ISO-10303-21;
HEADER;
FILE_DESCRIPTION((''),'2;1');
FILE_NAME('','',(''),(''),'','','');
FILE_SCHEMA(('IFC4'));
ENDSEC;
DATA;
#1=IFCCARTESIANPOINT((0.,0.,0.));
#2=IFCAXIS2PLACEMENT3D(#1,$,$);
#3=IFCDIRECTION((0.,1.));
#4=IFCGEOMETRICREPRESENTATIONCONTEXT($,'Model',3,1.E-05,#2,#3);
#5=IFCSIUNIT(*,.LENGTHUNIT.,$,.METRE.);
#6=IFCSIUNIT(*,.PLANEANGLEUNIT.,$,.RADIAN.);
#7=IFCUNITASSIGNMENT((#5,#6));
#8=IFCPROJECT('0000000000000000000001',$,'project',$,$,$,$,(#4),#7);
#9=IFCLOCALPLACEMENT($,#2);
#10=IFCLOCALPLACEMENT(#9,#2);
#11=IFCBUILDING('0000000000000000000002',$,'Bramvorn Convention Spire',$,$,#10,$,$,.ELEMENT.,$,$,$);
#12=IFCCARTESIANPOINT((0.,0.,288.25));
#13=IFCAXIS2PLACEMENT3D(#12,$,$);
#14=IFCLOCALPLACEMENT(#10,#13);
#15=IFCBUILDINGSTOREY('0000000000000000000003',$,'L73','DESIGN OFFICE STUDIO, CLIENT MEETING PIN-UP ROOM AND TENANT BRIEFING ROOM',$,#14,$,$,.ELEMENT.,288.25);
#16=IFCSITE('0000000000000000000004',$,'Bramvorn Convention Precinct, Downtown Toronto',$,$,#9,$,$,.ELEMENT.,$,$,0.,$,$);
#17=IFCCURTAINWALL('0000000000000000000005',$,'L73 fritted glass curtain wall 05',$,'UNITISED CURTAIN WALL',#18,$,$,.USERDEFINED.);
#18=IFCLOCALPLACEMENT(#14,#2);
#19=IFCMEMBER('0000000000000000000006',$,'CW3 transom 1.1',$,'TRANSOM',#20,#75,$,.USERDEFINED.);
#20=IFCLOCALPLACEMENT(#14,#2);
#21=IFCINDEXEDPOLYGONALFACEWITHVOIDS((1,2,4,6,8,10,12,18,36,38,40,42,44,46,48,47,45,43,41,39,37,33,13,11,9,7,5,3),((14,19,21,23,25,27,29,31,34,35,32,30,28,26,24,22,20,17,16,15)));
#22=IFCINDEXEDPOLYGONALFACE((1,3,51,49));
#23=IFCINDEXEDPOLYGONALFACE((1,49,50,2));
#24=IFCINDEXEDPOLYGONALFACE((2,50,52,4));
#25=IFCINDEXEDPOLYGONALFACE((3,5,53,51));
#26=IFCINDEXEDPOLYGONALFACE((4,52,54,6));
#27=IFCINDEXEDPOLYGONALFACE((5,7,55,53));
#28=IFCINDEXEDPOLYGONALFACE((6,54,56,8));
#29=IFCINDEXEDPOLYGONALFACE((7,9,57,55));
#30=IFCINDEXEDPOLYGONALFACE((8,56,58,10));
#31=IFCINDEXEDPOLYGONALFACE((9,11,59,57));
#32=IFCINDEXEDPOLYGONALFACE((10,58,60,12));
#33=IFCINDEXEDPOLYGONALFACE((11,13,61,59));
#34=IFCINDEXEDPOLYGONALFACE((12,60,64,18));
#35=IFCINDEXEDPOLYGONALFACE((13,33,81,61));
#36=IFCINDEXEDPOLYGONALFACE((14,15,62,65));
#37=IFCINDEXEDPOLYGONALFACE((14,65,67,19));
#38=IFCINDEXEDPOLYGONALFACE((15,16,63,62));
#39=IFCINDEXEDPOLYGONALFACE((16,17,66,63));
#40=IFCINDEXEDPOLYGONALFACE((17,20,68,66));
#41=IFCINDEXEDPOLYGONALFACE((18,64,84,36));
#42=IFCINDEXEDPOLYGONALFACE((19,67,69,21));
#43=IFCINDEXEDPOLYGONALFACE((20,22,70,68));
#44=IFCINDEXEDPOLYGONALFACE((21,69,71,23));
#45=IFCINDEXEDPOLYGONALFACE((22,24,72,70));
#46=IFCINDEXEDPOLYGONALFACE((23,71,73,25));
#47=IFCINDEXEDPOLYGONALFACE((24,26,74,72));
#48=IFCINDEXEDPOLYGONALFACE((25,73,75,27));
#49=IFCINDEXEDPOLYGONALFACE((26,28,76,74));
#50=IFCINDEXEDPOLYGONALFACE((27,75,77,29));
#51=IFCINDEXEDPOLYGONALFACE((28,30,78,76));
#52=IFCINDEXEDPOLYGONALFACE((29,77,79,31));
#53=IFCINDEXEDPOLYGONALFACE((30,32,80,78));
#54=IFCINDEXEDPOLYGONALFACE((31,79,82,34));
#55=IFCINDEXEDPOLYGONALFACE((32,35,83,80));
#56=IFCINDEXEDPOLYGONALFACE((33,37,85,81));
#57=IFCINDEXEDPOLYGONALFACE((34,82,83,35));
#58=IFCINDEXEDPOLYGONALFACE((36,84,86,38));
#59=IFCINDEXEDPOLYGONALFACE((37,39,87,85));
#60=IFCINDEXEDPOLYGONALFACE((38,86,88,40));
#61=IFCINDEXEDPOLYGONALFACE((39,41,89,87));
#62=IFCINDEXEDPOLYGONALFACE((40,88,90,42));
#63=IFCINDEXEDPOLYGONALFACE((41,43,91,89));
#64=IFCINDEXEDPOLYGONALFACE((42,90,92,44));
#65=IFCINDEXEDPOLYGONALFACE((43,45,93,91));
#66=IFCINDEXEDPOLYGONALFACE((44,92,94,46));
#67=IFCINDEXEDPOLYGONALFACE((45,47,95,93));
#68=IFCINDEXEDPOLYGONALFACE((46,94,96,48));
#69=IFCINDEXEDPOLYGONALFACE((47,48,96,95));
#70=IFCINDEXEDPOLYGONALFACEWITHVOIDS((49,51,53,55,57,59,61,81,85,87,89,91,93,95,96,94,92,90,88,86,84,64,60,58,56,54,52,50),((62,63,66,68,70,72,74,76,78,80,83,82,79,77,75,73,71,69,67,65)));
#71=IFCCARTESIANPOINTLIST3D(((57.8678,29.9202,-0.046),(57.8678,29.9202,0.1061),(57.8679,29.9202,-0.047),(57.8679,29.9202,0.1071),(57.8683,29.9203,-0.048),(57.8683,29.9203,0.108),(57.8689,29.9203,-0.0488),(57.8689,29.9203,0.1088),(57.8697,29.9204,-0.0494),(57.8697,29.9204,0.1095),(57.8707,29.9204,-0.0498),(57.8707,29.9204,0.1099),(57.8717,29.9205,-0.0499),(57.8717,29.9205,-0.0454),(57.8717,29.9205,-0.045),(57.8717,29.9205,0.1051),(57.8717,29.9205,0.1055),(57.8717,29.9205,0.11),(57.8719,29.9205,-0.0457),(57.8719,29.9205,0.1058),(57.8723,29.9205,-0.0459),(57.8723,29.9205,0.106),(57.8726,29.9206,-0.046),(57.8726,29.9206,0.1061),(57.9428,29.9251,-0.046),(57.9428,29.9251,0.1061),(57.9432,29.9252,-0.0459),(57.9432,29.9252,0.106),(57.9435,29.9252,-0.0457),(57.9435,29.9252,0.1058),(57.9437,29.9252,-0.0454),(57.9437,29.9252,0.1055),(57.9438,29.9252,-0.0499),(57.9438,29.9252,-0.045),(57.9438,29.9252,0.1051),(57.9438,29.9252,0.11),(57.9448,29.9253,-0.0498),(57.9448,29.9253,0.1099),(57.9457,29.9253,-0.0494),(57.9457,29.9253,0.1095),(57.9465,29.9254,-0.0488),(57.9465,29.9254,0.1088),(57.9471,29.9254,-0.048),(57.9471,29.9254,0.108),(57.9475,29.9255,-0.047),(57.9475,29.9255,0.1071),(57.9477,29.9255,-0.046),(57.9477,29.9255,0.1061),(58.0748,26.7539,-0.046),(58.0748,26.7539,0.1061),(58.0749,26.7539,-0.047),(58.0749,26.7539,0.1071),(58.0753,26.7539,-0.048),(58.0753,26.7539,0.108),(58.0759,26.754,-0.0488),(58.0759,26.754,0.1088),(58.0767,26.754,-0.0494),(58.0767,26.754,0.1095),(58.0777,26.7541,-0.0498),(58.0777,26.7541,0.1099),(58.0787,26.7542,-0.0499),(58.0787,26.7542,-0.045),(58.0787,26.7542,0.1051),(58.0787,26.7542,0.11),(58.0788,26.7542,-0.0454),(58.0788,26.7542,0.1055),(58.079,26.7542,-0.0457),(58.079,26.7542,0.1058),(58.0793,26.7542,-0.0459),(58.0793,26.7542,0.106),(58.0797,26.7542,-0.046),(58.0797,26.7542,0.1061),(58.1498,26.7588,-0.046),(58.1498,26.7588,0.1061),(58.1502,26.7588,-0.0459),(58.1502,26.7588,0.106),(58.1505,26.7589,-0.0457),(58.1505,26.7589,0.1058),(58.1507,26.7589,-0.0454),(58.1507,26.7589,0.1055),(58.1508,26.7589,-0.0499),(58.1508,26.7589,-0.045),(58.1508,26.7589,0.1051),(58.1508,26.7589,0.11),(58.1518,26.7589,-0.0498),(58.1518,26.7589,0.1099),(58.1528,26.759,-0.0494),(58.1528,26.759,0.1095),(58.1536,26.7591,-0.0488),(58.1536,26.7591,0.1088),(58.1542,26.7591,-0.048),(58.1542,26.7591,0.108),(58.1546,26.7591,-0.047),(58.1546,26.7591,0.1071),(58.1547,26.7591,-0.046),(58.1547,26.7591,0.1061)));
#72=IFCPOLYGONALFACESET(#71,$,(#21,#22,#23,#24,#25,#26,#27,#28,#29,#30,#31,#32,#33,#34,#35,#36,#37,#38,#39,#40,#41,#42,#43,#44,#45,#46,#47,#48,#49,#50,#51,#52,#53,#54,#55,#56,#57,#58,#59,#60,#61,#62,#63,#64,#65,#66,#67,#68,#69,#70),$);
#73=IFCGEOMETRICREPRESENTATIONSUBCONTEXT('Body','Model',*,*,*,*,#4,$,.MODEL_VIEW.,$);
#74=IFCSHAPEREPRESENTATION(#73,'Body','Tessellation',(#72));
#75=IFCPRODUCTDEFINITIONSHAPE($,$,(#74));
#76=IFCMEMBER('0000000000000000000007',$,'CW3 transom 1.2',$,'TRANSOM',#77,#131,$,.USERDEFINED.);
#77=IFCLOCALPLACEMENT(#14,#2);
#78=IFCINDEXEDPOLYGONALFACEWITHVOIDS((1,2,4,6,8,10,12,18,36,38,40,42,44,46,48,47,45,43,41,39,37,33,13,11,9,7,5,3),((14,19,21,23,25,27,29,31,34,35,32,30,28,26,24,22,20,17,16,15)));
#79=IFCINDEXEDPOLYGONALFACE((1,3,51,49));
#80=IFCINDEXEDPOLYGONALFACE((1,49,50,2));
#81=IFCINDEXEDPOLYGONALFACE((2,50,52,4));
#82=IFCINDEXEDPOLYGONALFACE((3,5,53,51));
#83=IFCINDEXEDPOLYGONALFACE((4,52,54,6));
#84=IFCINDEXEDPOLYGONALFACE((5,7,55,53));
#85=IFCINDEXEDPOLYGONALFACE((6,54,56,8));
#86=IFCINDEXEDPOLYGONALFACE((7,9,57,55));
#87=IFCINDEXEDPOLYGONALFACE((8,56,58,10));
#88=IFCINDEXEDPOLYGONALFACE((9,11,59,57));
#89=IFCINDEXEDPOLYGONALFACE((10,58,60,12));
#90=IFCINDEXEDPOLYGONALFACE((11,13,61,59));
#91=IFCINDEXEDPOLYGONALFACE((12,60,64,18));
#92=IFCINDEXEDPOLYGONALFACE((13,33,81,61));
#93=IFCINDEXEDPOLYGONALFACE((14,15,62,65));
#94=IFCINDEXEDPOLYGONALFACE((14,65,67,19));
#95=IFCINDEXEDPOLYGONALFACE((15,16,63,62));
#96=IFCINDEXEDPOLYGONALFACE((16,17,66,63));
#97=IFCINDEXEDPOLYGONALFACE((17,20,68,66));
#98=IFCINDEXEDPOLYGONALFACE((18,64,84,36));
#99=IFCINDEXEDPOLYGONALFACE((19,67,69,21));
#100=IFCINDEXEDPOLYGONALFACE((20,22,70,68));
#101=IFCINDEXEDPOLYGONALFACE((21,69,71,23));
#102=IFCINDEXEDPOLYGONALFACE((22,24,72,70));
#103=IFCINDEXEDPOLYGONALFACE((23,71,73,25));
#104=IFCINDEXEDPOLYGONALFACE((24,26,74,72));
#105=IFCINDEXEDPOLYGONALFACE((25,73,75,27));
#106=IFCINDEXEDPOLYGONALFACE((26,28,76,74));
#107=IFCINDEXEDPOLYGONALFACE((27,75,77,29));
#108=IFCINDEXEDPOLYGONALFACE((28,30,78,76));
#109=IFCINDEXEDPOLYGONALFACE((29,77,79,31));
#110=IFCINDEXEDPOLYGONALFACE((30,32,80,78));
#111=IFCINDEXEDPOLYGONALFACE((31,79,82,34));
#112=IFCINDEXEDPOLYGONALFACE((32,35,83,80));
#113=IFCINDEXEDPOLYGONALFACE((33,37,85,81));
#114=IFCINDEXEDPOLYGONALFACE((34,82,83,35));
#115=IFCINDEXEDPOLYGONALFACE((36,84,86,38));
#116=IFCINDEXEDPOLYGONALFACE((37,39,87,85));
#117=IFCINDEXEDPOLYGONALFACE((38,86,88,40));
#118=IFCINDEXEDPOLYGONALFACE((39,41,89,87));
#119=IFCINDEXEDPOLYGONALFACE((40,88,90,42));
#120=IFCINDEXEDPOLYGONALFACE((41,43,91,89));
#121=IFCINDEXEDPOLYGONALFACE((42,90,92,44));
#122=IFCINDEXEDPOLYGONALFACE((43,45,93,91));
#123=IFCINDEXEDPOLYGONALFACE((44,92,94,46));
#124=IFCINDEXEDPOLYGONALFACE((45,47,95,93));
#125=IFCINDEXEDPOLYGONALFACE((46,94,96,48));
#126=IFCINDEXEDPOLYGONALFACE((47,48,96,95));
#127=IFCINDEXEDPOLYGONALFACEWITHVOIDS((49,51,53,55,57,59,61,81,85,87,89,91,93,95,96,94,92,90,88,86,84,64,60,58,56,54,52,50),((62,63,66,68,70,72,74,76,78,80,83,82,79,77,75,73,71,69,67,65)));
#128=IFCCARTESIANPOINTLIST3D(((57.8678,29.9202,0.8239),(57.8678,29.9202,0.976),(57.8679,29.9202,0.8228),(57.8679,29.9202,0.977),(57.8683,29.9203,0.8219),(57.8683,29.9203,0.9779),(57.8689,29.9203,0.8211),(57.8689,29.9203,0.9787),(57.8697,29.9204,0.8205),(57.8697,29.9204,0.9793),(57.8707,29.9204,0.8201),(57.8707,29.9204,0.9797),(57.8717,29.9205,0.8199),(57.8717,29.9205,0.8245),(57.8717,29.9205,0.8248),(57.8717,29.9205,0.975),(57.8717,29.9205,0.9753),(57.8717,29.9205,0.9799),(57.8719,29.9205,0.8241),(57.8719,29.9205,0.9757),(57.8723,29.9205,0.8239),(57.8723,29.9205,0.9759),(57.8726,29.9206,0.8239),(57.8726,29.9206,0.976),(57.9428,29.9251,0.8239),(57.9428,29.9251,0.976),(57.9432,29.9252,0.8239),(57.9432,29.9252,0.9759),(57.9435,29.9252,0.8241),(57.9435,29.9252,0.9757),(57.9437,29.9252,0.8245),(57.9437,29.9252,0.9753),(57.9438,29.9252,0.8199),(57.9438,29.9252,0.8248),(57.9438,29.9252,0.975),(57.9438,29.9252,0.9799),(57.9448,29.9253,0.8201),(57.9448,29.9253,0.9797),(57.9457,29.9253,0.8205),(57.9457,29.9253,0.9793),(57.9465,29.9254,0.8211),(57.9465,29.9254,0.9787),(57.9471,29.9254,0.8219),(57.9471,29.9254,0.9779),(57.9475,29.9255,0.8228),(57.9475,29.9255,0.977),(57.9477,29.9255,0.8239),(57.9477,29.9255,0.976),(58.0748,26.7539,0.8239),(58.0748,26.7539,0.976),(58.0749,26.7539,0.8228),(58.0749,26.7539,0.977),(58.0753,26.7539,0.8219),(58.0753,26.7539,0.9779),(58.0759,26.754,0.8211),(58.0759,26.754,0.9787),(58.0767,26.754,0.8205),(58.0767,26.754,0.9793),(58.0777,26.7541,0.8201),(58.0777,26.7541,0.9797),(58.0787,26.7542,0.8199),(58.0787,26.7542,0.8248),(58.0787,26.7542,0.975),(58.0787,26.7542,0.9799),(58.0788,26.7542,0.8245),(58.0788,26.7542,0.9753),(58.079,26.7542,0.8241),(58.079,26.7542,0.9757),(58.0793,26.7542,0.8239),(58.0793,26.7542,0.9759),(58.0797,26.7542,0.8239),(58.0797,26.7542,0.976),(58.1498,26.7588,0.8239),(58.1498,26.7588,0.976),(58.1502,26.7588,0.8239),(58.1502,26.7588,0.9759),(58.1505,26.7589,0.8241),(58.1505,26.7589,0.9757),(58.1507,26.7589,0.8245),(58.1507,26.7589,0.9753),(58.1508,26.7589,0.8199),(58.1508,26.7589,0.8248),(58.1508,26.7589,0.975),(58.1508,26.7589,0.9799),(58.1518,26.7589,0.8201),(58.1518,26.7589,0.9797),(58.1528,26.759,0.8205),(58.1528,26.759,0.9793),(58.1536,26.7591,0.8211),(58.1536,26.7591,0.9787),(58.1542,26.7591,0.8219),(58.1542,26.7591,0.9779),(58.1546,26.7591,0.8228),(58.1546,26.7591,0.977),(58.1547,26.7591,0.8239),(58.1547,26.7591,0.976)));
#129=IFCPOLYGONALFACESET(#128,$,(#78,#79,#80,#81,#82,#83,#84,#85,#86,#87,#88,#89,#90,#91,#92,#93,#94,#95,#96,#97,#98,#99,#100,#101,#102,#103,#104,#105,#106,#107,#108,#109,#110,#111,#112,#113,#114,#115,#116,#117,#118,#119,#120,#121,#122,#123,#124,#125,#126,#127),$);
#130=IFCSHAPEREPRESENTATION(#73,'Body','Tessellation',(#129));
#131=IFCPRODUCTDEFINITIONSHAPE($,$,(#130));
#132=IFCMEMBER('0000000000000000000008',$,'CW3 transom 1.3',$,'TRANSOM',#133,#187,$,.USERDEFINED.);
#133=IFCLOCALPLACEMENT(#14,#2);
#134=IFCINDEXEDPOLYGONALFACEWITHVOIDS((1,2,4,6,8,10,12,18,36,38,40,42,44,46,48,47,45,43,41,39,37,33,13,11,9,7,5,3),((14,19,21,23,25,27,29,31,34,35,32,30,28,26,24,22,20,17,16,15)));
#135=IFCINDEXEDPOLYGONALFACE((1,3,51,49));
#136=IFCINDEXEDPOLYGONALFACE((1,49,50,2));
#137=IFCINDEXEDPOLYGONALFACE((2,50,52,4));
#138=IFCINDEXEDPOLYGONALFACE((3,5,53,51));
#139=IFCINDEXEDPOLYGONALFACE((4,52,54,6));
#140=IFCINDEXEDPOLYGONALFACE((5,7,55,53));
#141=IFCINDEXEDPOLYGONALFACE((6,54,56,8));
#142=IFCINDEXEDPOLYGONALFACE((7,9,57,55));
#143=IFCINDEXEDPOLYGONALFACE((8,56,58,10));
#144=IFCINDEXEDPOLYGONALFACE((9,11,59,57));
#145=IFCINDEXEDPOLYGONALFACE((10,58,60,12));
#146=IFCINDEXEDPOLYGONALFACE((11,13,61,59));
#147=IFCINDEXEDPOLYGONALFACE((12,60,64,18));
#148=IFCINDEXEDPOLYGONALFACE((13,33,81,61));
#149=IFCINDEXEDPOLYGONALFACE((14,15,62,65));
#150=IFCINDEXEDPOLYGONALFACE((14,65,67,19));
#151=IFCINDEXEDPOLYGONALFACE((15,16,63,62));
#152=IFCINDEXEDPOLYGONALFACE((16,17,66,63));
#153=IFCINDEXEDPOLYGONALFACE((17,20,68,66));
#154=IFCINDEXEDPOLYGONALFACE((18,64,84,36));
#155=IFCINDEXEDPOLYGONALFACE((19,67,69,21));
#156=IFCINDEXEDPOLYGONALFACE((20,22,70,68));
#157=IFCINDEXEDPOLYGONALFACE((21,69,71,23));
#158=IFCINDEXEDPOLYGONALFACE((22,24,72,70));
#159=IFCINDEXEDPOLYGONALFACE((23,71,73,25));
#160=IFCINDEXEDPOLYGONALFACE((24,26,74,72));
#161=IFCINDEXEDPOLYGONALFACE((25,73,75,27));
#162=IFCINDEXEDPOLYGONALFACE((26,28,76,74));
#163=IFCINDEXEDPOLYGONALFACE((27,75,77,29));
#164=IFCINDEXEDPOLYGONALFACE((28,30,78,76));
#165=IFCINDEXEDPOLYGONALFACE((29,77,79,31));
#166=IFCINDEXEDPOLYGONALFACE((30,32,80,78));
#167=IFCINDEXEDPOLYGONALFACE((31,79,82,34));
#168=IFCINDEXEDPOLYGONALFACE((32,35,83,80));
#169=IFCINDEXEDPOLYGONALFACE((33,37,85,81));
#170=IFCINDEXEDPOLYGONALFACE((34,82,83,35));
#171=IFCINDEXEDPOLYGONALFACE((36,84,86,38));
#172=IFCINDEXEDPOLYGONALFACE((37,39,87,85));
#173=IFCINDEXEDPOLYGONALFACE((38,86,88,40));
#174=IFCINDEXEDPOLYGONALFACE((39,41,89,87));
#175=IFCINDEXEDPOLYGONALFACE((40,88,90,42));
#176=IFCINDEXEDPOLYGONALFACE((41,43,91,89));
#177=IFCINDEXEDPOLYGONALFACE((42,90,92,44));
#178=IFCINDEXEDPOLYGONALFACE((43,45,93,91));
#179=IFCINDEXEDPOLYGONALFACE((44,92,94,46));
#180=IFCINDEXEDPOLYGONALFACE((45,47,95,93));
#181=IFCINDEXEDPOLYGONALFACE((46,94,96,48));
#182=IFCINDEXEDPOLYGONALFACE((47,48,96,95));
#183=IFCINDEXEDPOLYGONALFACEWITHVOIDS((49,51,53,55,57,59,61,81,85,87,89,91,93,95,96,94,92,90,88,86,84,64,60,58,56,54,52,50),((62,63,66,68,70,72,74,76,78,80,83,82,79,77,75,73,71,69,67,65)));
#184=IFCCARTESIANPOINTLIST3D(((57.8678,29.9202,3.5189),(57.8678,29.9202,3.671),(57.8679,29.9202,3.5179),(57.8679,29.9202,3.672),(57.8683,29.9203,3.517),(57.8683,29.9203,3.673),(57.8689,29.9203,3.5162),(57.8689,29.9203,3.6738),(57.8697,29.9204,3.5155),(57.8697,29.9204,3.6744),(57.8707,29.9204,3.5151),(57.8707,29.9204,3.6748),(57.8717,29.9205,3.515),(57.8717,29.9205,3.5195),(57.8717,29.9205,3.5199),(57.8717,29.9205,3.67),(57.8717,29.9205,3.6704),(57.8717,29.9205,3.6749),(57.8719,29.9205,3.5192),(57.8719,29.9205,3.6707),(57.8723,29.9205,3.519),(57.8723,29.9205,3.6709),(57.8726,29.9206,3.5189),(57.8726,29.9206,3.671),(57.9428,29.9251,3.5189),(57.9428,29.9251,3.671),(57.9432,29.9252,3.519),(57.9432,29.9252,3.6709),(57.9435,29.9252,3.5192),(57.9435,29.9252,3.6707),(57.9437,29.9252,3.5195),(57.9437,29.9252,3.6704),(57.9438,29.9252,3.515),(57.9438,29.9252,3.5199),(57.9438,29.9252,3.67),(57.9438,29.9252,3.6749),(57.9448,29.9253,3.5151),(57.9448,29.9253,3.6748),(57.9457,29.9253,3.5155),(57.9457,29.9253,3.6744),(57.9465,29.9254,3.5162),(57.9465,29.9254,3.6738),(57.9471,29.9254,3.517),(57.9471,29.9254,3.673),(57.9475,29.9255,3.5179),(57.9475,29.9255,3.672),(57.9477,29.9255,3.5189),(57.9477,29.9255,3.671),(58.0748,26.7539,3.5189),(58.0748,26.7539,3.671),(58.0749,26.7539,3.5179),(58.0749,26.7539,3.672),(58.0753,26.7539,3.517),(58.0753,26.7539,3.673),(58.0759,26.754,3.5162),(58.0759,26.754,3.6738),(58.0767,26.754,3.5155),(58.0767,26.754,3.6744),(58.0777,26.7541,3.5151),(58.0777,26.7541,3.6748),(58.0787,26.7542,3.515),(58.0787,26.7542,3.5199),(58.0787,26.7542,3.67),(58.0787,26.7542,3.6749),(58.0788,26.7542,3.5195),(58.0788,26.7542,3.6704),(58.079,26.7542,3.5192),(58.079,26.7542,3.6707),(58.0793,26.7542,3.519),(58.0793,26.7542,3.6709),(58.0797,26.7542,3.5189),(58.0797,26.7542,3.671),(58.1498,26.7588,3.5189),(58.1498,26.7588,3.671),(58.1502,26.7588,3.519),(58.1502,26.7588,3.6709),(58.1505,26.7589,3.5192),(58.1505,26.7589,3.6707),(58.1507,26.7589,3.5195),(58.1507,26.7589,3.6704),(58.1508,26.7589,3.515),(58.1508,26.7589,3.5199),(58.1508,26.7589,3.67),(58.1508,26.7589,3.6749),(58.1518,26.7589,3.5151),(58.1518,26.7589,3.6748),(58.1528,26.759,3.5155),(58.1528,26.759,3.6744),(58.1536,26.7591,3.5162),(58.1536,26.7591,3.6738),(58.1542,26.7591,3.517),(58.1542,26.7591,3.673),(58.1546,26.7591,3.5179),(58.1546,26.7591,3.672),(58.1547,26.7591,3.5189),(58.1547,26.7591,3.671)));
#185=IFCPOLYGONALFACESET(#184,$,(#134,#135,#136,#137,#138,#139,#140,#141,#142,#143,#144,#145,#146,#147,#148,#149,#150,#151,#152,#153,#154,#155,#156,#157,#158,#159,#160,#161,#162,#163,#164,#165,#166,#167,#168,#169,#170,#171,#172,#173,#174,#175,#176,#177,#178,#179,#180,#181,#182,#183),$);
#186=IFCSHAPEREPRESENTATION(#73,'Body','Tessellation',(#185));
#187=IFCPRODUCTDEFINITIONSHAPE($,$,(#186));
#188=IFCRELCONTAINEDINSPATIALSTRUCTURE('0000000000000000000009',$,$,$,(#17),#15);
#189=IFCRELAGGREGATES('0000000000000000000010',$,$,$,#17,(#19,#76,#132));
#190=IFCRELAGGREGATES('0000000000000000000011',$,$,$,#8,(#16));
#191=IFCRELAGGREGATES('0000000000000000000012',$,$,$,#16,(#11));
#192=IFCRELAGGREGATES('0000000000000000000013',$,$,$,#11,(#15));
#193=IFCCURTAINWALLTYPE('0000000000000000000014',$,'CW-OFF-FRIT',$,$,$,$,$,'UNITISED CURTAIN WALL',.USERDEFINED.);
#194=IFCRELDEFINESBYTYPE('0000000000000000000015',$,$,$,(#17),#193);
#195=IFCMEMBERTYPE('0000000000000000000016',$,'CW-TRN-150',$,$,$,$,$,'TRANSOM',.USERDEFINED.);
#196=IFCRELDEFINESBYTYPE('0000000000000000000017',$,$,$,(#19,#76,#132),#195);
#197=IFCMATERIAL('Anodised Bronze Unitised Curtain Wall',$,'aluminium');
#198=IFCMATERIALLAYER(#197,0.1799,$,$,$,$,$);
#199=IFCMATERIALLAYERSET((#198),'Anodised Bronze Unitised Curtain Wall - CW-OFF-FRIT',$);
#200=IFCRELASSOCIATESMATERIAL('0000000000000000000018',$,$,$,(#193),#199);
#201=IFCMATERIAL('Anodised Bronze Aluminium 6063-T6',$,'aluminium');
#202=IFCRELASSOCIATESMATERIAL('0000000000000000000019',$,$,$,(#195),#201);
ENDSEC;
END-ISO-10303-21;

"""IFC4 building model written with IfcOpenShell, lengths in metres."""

from ifc_helpers import new_model, si_unit, direction, frame, origin, origin_2d, place, context, subcontext, project, spatial, hollow_rectangle, extrude, material, layer, layer_set, material_profile, profile_set, type_object, element, aggregate, save


model = new_model("IFC4")

# Units and contexts
model_context = context("Model", 3, precision=1e-05, world=origin(), true_north=direction((0.0, 1.0)))
body_context = subcontext(model_context, "Body", "Model", "MODEL_VIEW")
ifc_project = project(units=[si_unit("LENGTHUNIT", "METRE"), si_unit("PLANEANGLEUNIT", "RADIAN")], contexts=[model_context])

# Site, building, storey
site_placement = place(None, origin())
site = spatial("IfcSite", under=ifc_project, at=site_placement, Name="Bramvorn Convention Precinct, Downtown Toronto", CompositionType="ELEMENT", RefElevation=0.0)
building_placement = place(site_placement, origin())
building = spatial("IfcBuilding", under=site, at=building_placement, Name="Bramvorn Convention Spire", CompositionType="ELEMENT")
storey_placement = place(building_placement, frame((0.0, 0.0, 288.25)))
storey = spatial("IfcBuildingStorey", under=building, at=storey_placement, Name="L73", Description="DESIGN OFFICE STUDIO, CLIENT MEETING PIN-UP ROOM AND TENANT BRIEFING ROOM", CompositionType="ELEMENT", Elevation=288.25)

# Curtain wall, members
ifc_material_1 = material(Name="Anodised Bronze Unitised Curtain Wall", Category="aluminium")
ifc_layer_1 = layer(ifc_material_1, 0.1799)
ifc_layer_set_1 = layer_set([ifc_layer_1], Name="Anodised Bronze Unitised Curtain Wall - CW-OFF-FRIT")
curtain_wall_type = type_object("IfcCurtainWallType", Name="CW-OFF-FRIT", ElementType="UNITISED CURTAIN WALL", PredefinedType="USERDEFINED", material=ifc_layer_set_1)
curtain_wall_placement = place(storey_placement, origin())
curtain_wall = element("IfcCurtainWall", 1, at=curtain_wall_placement, inside=storey, type_object=curtain_wall_type, Name="L73 fritted glass curtain wall 05", ObjectType="UNITISED CURTAIN WALL", PredefinedType="USERDEFINED")
ifc_material_2 = material(Name="Anodised Bronze Aluminium 6063-T6", Category="aluminium")
ifc_material_profile_1 = material_profile(ifc_material_2, hollow_rectangle(XDim=0.0801, YDim=0.1599, WallThickness=0.0039, InnerFilletRadius=0.001, OuterFilletRadius=0.0039, at=origin_2d()))
ifc_profile_set_1 = profile_set([ifc_material_profile_1], Name="Anodised Bronze Aluminium 6063-T6 - CWT80X160")
member_type_1 = type_object("IfcMemberType", Name="CW-TRN-150", ElementType="TRANSOM", PredefinedType="USERDEFINED", material=ifc_profile_set_1)
member_1_placement = place(storey_placement, frame((57.9077, 29.9229, 0.03), z_axis=(0.065247, -0.997869, 0.0), x_axis=(0.997869, 0.065247, 0.0)))
member_1 = element("IfcMember", 2, at=member_1_placement, type_object=member_type_1, Name="CW3 transom 1.1", ObjectType="TRANSOM", PredefinedType="USERDEFINED", context=body_context, shape_type="SweptSolid", body=[
    extrude(hollow_rectangle(XDim=0.0801, YDim=0.1599, WallThickness=0.0039, InnerFilletRadius=0.001, OuterFilletRadius=0.0039, at=origin_2d()), origin(), (0.0, 0.0, 1.0), 3.1731),
])
member_2_placement = place(storey_placement, frame((57.9077, 29.9229, 0.8999), z_axis=(0.065247, -0.997869, 0.0), x_axis=(0.997869, 0.065247, 0.0)))
member_2 = element("IfcMember", 3, at=member_2_placement, type_object=member_type_1, Name="CW3 transom 1.2", ObjectType="TRANSOM", PredefinedType="USERDEFINED", context=body_context, shape_type="SweptSolid", body=[
    extrude(hollow_rectangle(XDim=0.0801, YDim=0.1599, WallThickness=0.0039, InnerFilletRadius=0.001, OuterFilletRadius=0.0039, at=origin_2d()), origin(), (0.0, 0.0, 1.0), 3.1731),
])
member_3_placement = place(storey_placement, frame((57.9077, 29.9229, 3.595), z_axis=(0.065247, -0.997869, 0.0), x_axis=(0.997869, 0.065247, 0.0)))
member_3 = element("IfcMember", 4, at=member_3_placement, type_object=member_type_1, Name="CW3 transom 1.3", ObjectType="TRANSOM", PredefinedType="USERDEFINED", context=body_context, shape_type="SweptSolid", body=[
    extrude(hollow_rectangle(XDim=0.0801, YDim=0.1599, WallThickness=0.0039, InnerFilletRadius=0.001, OuterFilletRadius=0.0039, at=origin_2d()), origin(), (0.0, 0.0, 1.0), 3.1731),
])
aggregate(curtain_wall, [member_1, member_2, member_3])

save(model, "model.ifc")
